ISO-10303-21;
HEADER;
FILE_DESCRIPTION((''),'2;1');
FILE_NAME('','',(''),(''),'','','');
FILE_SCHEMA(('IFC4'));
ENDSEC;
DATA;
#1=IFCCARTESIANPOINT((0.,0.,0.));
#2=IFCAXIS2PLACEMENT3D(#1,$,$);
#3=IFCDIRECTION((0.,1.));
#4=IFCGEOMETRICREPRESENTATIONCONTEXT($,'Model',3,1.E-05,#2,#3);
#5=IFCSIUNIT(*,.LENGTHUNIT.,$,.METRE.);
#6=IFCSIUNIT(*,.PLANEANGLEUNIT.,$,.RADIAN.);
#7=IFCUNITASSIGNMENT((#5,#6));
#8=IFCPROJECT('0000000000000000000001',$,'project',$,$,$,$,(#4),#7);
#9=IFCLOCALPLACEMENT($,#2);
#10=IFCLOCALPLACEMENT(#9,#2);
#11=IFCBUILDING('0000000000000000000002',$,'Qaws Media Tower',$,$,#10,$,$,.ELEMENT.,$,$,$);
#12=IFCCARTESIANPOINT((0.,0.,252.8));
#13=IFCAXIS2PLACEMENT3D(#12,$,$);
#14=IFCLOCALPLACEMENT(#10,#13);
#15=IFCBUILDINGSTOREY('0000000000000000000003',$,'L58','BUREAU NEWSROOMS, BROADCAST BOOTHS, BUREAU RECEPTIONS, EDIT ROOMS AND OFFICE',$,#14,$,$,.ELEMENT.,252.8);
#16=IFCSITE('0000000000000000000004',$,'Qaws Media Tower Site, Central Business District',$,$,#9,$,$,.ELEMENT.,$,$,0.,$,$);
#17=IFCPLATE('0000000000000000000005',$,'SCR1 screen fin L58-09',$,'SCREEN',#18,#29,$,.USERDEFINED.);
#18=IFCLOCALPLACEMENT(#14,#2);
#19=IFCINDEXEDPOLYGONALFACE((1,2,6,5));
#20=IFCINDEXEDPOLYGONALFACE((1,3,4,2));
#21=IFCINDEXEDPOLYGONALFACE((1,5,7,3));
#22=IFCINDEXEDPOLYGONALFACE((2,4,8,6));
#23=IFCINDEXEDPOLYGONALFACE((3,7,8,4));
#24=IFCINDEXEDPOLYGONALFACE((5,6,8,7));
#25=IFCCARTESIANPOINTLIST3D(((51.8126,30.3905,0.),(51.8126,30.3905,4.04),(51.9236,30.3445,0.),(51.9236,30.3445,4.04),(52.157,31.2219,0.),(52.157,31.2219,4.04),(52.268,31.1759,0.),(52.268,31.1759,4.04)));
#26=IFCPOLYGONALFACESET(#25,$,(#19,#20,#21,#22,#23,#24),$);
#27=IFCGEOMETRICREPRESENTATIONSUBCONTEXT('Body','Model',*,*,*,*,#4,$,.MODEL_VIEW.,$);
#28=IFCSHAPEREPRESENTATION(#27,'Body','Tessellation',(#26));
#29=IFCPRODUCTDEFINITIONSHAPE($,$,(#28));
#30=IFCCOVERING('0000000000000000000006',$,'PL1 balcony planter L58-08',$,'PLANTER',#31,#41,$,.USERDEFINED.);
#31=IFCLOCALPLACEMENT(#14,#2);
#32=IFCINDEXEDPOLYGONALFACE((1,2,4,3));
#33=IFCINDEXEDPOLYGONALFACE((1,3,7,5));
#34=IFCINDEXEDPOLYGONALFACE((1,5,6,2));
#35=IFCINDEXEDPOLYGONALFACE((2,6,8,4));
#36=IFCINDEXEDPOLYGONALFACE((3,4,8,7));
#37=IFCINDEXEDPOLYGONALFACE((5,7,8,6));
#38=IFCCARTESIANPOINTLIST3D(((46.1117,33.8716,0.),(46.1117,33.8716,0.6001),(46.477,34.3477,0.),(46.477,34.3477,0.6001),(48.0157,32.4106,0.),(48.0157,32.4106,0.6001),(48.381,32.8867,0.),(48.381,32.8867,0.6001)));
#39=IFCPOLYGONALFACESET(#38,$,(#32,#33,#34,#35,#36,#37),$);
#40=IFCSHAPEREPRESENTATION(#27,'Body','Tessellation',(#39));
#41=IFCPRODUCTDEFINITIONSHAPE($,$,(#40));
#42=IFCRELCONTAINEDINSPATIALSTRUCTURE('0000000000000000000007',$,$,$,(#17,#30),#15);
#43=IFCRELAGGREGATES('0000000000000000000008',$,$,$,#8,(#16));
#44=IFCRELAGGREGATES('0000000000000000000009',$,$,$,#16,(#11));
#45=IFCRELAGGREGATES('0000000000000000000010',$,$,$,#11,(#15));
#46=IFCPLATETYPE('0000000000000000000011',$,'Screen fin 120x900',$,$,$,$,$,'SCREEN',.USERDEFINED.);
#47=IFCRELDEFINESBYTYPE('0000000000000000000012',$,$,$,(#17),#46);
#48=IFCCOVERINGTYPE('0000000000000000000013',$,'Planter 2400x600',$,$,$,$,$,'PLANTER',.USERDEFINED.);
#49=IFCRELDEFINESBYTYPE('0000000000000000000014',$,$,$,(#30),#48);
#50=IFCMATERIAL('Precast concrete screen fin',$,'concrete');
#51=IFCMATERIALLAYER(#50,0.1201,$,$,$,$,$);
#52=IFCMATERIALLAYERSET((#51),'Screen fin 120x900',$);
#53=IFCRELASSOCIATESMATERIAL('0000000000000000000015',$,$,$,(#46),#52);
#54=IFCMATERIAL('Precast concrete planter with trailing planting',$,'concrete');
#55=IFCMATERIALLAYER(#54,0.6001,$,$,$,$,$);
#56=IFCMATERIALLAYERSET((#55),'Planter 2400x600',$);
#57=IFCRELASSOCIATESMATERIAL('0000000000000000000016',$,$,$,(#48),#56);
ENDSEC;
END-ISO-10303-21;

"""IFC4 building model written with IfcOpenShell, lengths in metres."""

from ifc_helpers import new_model, si_unit, direction, frame, origin, origin_2d, place, context, subcontext, project, spatial, rectangle, extrude, material, layer, layer_set, type_object, element, save


model = new_model("IFC4")

# Units and contexts
model_context = context("Model", 3, precision=1e-05, world=origin(), true_north=direction((0.0, 1.0)))
body_context = subcontext(model_context, "Body", "Model", "MODEL_VIEW")
ifc_project = project(units=[si_unit("LENGTHUNIT", "METRE"), si_unit("PLANEANGLEUNIT", "RADIAN")], contexts=[model_context])

# Site, building, storey
site_placement = place(None, origin())
site = spatial("IfcSite", under=ifc_project, at=site_placement, Name="Qaws Media Tower Site, Central Business District", CompositionType="ELEMENT", RefElevation=0.0)
building_placement = place(site_placement, origin())
building = spatial("IfcBuilding", under=site, at=building_placement, Name="Qaws Media Tower", CompositionType="ELEMENT")
storey_placement = place(building_placement, frame((0.0, 0.0, 252.8)))
storey = spatial("IfcBuildingStorey", under=building, at=storey_placement, Name="L58", Description="BUREAU NEWSROOMS, BROADCAST BOOTHS, BUREAU RECEPTIONS, EDIT ROOMS AND OFFICE", CompositionType="ELEMENT", Elevation=252.8)

# Plate
ifc_material_1 = material(Name="Precast concrete screen fin", Category="concrete")
ifc_layer_1 = layer(ifc_material_1, 0.1201)
ifc_layer_set_1 = layer_set([ifc_layer_1], Name="Screen fin 120x900")
plate_type_1 = type_object("IfcPlateType", Name="Screen fin 120x900", ElementType="SCREEN", PredefinedType="USERDEFINED", material=ifc_layer_set_1)
plate_1_placement = place(storey_placement, frame((52.0403, 30.7832, 0.0), z_axis=(0.0, 0.0, 1.0), x_axis=(-0.382683, -0.92388, 0.0)))
element("IfcPlate", 1, at=plate_1_placement, inside=storey, type_object=plate_type_1, Name="SCR1 screen fin L58-09", ObjectType="SCREEN", PredefinedType="USERDEFINED", context=body_context, shape_type="SweptSolid", body=[
    extrude(rectangle(XDim=0.8999, YDim=0.1201, at=origin_2d()), origin(), (0.0, 0.0, 1.0), 4.04),
])

# Covering
ifc_material_2 = material(Name="Precast concrete planter with trailing planting", Category="concrete")
ifc_layer_2 = layer(ifc_material_2, 0.6001)
ifc_layer_set_2 = layer_set([ifc_layer_2], Name="Planter 2400x600")
covering_type = type_object("IfcCoveringType", Name="Planter 2400x600", ElementType="PLANTER", PredefinedType="USERDEFINED", material=ifc_layer_set_2)
covering_placement = place(storey_placement, frame((47.2463, 33.3792, 0.0), z_axis=(0.0, 0.0, 1.0), x_axis=(0.793353, -0.608761, 0.0)))
element("IfcCovering", 2, at=covering_placement, inside=storey, type_object=covering_type, Name="PL1 balcony planter L58-08", ObjectType="PLANTER", PredefinedType="USERDEFINED", context=body_context, shape_type="SweptSolid", body=[
    extrude(rectangle(XDim=2.3999, YDim=0.6001, at=origin_2d()), origin(), (0.0, 0.0, 1.0), 0.6001),
])

save(model, "model.ifc")
